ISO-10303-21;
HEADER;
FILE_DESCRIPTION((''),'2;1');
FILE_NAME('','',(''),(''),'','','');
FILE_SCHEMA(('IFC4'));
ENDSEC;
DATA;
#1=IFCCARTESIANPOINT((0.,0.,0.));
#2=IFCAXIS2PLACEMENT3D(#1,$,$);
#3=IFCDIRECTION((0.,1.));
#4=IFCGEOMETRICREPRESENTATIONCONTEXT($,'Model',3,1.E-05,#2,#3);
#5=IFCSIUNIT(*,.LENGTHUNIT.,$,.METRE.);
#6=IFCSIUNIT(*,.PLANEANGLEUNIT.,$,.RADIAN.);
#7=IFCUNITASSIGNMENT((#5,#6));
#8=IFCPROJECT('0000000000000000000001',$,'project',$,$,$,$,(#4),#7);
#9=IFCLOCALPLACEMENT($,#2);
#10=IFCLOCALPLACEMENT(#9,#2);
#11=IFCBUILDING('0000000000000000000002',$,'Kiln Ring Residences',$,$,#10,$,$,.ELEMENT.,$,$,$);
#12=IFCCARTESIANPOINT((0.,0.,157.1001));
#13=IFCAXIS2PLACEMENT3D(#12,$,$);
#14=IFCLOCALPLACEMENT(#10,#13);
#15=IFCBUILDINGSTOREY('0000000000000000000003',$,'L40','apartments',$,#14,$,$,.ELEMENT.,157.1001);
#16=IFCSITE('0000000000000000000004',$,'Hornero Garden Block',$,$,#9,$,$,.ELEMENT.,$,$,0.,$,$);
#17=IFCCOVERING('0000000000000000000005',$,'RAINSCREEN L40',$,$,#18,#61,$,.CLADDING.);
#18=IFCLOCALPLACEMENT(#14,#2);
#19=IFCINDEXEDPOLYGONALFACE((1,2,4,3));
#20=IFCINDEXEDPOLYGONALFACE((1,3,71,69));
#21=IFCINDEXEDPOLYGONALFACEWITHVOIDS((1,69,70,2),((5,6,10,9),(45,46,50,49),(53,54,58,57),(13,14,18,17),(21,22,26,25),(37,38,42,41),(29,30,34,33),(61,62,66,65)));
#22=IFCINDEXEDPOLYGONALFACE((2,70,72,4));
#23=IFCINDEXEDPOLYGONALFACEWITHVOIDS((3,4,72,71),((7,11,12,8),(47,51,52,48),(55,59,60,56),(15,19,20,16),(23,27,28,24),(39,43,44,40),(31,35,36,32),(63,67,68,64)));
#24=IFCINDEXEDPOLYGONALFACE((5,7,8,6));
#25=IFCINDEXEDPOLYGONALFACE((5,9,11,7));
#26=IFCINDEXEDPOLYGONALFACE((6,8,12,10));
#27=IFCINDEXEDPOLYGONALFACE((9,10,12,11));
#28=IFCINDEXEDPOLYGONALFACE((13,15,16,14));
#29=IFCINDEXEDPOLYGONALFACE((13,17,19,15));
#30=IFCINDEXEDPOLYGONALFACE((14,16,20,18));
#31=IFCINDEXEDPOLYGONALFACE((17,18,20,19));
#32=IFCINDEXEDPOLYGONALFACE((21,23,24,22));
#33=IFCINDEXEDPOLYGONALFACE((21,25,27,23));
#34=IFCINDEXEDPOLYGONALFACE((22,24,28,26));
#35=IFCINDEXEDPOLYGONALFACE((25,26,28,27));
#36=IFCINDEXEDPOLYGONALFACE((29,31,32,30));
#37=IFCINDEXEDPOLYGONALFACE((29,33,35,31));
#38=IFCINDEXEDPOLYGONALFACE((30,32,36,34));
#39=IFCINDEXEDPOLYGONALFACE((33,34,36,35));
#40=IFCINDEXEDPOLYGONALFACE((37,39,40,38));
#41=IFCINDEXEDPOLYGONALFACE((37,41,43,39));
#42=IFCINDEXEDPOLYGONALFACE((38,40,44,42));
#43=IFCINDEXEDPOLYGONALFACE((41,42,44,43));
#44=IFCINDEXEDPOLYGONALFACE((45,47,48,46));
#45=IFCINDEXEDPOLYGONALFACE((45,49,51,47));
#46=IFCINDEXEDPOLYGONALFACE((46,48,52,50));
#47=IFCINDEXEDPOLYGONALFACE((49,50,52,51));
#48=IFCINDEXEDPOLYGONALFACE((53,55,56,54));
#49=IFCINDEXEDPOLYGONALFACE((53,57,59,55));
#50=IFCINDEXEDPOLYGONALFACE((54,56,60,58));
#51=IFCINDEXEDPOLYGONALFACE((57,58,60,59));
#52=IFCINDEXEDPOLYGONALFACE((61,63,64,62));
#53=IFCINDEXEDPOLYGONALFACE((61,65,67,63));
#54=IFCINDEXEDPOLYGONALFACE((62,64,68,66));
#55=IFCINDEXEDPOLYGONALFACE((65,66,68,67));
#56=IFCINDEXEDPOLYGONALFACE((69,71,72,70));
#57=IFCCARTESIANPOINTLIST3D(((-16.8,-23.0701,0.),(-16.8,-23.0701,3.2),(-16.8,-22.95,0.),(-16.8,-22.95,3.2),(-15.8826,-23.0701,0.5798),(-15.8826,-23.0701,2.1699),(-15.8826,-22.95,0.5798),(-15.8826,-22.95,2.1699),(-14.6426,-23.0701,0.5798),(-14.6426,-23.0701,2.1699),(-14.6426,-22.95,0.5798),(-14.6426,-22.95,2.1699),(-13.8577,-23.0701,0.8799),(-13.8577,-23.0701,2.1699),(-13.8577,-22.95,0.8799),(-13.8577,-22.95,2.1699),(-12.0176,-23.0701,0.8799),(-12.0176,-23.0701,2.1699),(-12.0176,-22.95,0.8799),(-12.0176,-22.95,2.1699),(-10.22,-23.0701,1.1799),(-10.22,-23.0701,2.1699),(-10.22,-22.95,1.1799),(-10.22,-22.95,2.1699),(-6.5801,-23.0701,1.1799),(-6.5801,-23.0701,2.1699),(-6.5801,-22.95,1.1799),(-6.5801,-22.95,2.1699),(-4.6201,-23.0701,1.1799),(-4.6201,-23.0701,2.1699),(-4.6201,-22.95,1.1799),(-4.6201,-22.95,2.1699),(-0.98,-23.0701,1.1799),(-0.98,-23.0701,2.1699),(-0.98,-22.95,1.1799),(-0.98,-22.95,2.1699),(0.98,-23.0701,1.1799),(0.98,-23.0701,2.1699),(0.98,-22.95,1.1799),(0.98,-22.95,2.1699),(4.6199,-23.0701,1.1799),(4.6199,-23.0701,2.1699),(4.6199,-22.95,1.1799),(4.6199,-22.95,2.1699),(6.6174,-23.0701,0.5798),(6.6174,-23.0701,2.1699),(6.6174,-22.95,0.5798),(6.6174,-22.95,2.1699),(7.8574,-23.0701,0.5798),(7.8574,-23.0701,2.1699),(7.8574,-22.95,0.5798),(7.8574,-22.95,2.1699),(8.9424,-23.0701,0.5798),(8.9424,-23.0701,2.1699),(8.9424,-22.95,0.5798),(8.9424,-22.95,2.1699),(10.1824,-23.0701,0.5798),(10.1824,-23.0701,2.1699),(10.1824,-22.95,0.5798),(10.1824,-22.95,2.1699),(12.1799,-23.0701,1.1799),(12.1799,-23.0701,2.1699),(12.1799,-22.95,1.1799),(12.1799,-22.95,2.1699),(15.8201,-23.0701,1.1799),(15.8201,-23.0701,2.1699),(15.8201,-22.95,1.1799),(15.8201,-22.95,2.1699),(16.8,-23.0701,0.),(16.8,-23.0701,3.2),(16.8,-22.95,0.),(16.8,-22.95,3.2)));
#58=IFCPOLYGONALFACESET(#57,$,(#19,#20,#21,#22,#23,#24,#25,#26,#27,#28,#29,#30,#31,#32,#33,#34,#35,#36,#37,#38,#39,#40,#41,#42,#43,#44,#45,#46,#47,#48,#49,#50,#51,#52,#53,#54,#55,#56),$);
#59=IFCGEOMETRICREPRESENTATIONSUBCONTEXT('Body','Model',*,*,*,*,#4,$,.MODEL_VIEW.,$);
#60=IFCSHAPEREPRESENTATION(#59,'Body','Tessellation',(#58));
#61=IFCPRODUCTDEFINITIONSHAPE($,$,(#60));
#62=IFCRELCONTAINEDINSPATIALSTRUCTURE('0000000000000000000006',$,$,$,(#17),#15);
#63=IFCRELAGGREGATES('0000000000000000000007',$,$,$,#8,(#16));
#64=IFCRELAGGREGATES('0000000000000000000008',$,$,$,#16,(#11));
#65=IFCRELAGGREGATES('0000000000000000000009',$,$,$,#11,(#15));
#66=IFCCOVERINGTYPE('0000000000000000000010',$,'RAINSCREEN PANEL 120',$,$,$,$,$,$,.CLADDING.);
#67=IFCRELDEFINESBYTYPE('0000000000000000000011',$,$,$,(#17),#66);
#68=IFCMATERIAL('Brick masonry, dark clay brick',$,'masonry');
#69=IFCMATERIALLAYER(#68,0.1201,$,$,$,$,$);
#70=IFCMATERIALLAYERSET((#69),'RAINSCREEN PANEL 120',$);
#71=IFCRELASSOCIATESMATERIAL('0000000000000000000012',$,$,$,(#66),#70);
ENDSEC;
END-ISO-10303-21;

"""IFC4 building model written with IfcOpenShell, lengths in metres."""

from ifc_helpers import new_model, si_unit, direction, frame, origin, place, context, subcontext, project, spatial, polyline, outline, extrude, material, layer, layer_set, type_object, element, save


model = new_model("IFC4")

# Units and contexts
model_context = context("Model", 3, precision=1e-05, world=origin(), true_north=direction((0.0, 1.0)))
body_context = subcontext(model_context, "Body", "Model", "MODEL_VIEW")
ifc_project = project(units=[si_unit("LENGTHUNIT", "METRE"), si_unit("PLANEANGLEUNIT", "RADIAN")], contexts=[model_context])

# Site, building, storey
site_placement = place(None, origin())
site = spatial("IfcSite", under=ifc_project, at=site_placement, Name="Hornero Garden Block", CompositionType="ELEMENT", RefElevation=0.0)
building_placement = place(site_placement, origin())
building = spatial("IfcBuilding", under=site, at=building_placement, Name="Kiln Ring Residences", CompositionType="ELEMENT")
storey_placement = place(building_placement, frame((0.0, 0.0, 157.1001)))
storey = spatial("IfcBuildingStorey", under=building, at=storey_placement, Name="L40", Description="apartments", CompositionType="ELEMENT", Elevation=157.1001)

# Covering
ifc_material_1 = material(Name="Brick masonry, dark clay brick", Category="masonry")
ifc_layer_1 = layer(ifc_material_1, 0.1201)
ifc_layer_set_1 = layer_set([ifc_layer_1], Name="RAINSCREEN PANEL 120")
covering_type = type_object("IfcCoveringType", Name="RAINSCREEN PANEL 120", PredefinedType="CLADDING", material=ifc_layer_set_1)
covering_placement = place(storey_placement, frame((-16.8, -23.01, 0.0), z_axis=(0.0, 0.0, 1.0), x_axis=(1.0, 0.0, 0.0)))
element("IfcCovering", 1, at=covering_placement, inside=storey, type_object=covering_type, Name="RAINSCREEN L40", PredefinedType="CLADDING", context=body_context, shape_type="SweptSolid", body=[
    extrude(outline(polyline([(0.0, 0.0), (33.6001, 0.0), (33.6001, 3.2), (0.0, 3.2), (0.0, 0.0)]), holes=[polyline([(0.9175, 0.5798), (2.1575, 0.5798), (2.1575, 2.1699), (0.9175, 2.1699), (0.9175, 0.5798)]), polyline([(23.4175, 0.5798), (24.6575, 0.5798), (24.6575, 2.1699), (23.4175, 2.1699), (23.4175, 0.5798)]), polyline([(25.7424, 0.5798), (26.9824, 0.5798), (26.9824, 2.1699), (25.7424, 2.1699), (25.7424, 0.5798)]), polyline([(2.9424, 0.8799), (4.7825, 0.8799), (4.7825, 2.1699), (2.9424, 2.1699), (2.9424, 0.8799)]), polyline([(6.5801, 1.1799), (10.22, 1.1799), (10.22, 2.1699), (6.5801, 2.1699), (6.5801, 1.1799)]), polyline([(12.1799, 1.1799), (15.8201, 1.1799), (15.8201, 2.1699), (12.1799, 2.1699), (12.1799, 1.1799)]), polyline([(17.78, 1.1799), (21.4199, 1.1799), (21.4199, 2.1699), (17.78, 2.1699), (17.78, 1.1799)]), polyline([(28.98, 1.1799), (32.6201, 1.1799), (32.6201, 2.1699), (28.98, 2.1699), (28.98, 1.1799)])]), frame((0.0, 0.0601, 0.0), z_axis=(0.0, -1.0, 0.0), x_axis=(1.0, 0.0, 0.0)), (0.0, 0.0, 1.0), 0.1201),
])

save(model, "model.ifc")
